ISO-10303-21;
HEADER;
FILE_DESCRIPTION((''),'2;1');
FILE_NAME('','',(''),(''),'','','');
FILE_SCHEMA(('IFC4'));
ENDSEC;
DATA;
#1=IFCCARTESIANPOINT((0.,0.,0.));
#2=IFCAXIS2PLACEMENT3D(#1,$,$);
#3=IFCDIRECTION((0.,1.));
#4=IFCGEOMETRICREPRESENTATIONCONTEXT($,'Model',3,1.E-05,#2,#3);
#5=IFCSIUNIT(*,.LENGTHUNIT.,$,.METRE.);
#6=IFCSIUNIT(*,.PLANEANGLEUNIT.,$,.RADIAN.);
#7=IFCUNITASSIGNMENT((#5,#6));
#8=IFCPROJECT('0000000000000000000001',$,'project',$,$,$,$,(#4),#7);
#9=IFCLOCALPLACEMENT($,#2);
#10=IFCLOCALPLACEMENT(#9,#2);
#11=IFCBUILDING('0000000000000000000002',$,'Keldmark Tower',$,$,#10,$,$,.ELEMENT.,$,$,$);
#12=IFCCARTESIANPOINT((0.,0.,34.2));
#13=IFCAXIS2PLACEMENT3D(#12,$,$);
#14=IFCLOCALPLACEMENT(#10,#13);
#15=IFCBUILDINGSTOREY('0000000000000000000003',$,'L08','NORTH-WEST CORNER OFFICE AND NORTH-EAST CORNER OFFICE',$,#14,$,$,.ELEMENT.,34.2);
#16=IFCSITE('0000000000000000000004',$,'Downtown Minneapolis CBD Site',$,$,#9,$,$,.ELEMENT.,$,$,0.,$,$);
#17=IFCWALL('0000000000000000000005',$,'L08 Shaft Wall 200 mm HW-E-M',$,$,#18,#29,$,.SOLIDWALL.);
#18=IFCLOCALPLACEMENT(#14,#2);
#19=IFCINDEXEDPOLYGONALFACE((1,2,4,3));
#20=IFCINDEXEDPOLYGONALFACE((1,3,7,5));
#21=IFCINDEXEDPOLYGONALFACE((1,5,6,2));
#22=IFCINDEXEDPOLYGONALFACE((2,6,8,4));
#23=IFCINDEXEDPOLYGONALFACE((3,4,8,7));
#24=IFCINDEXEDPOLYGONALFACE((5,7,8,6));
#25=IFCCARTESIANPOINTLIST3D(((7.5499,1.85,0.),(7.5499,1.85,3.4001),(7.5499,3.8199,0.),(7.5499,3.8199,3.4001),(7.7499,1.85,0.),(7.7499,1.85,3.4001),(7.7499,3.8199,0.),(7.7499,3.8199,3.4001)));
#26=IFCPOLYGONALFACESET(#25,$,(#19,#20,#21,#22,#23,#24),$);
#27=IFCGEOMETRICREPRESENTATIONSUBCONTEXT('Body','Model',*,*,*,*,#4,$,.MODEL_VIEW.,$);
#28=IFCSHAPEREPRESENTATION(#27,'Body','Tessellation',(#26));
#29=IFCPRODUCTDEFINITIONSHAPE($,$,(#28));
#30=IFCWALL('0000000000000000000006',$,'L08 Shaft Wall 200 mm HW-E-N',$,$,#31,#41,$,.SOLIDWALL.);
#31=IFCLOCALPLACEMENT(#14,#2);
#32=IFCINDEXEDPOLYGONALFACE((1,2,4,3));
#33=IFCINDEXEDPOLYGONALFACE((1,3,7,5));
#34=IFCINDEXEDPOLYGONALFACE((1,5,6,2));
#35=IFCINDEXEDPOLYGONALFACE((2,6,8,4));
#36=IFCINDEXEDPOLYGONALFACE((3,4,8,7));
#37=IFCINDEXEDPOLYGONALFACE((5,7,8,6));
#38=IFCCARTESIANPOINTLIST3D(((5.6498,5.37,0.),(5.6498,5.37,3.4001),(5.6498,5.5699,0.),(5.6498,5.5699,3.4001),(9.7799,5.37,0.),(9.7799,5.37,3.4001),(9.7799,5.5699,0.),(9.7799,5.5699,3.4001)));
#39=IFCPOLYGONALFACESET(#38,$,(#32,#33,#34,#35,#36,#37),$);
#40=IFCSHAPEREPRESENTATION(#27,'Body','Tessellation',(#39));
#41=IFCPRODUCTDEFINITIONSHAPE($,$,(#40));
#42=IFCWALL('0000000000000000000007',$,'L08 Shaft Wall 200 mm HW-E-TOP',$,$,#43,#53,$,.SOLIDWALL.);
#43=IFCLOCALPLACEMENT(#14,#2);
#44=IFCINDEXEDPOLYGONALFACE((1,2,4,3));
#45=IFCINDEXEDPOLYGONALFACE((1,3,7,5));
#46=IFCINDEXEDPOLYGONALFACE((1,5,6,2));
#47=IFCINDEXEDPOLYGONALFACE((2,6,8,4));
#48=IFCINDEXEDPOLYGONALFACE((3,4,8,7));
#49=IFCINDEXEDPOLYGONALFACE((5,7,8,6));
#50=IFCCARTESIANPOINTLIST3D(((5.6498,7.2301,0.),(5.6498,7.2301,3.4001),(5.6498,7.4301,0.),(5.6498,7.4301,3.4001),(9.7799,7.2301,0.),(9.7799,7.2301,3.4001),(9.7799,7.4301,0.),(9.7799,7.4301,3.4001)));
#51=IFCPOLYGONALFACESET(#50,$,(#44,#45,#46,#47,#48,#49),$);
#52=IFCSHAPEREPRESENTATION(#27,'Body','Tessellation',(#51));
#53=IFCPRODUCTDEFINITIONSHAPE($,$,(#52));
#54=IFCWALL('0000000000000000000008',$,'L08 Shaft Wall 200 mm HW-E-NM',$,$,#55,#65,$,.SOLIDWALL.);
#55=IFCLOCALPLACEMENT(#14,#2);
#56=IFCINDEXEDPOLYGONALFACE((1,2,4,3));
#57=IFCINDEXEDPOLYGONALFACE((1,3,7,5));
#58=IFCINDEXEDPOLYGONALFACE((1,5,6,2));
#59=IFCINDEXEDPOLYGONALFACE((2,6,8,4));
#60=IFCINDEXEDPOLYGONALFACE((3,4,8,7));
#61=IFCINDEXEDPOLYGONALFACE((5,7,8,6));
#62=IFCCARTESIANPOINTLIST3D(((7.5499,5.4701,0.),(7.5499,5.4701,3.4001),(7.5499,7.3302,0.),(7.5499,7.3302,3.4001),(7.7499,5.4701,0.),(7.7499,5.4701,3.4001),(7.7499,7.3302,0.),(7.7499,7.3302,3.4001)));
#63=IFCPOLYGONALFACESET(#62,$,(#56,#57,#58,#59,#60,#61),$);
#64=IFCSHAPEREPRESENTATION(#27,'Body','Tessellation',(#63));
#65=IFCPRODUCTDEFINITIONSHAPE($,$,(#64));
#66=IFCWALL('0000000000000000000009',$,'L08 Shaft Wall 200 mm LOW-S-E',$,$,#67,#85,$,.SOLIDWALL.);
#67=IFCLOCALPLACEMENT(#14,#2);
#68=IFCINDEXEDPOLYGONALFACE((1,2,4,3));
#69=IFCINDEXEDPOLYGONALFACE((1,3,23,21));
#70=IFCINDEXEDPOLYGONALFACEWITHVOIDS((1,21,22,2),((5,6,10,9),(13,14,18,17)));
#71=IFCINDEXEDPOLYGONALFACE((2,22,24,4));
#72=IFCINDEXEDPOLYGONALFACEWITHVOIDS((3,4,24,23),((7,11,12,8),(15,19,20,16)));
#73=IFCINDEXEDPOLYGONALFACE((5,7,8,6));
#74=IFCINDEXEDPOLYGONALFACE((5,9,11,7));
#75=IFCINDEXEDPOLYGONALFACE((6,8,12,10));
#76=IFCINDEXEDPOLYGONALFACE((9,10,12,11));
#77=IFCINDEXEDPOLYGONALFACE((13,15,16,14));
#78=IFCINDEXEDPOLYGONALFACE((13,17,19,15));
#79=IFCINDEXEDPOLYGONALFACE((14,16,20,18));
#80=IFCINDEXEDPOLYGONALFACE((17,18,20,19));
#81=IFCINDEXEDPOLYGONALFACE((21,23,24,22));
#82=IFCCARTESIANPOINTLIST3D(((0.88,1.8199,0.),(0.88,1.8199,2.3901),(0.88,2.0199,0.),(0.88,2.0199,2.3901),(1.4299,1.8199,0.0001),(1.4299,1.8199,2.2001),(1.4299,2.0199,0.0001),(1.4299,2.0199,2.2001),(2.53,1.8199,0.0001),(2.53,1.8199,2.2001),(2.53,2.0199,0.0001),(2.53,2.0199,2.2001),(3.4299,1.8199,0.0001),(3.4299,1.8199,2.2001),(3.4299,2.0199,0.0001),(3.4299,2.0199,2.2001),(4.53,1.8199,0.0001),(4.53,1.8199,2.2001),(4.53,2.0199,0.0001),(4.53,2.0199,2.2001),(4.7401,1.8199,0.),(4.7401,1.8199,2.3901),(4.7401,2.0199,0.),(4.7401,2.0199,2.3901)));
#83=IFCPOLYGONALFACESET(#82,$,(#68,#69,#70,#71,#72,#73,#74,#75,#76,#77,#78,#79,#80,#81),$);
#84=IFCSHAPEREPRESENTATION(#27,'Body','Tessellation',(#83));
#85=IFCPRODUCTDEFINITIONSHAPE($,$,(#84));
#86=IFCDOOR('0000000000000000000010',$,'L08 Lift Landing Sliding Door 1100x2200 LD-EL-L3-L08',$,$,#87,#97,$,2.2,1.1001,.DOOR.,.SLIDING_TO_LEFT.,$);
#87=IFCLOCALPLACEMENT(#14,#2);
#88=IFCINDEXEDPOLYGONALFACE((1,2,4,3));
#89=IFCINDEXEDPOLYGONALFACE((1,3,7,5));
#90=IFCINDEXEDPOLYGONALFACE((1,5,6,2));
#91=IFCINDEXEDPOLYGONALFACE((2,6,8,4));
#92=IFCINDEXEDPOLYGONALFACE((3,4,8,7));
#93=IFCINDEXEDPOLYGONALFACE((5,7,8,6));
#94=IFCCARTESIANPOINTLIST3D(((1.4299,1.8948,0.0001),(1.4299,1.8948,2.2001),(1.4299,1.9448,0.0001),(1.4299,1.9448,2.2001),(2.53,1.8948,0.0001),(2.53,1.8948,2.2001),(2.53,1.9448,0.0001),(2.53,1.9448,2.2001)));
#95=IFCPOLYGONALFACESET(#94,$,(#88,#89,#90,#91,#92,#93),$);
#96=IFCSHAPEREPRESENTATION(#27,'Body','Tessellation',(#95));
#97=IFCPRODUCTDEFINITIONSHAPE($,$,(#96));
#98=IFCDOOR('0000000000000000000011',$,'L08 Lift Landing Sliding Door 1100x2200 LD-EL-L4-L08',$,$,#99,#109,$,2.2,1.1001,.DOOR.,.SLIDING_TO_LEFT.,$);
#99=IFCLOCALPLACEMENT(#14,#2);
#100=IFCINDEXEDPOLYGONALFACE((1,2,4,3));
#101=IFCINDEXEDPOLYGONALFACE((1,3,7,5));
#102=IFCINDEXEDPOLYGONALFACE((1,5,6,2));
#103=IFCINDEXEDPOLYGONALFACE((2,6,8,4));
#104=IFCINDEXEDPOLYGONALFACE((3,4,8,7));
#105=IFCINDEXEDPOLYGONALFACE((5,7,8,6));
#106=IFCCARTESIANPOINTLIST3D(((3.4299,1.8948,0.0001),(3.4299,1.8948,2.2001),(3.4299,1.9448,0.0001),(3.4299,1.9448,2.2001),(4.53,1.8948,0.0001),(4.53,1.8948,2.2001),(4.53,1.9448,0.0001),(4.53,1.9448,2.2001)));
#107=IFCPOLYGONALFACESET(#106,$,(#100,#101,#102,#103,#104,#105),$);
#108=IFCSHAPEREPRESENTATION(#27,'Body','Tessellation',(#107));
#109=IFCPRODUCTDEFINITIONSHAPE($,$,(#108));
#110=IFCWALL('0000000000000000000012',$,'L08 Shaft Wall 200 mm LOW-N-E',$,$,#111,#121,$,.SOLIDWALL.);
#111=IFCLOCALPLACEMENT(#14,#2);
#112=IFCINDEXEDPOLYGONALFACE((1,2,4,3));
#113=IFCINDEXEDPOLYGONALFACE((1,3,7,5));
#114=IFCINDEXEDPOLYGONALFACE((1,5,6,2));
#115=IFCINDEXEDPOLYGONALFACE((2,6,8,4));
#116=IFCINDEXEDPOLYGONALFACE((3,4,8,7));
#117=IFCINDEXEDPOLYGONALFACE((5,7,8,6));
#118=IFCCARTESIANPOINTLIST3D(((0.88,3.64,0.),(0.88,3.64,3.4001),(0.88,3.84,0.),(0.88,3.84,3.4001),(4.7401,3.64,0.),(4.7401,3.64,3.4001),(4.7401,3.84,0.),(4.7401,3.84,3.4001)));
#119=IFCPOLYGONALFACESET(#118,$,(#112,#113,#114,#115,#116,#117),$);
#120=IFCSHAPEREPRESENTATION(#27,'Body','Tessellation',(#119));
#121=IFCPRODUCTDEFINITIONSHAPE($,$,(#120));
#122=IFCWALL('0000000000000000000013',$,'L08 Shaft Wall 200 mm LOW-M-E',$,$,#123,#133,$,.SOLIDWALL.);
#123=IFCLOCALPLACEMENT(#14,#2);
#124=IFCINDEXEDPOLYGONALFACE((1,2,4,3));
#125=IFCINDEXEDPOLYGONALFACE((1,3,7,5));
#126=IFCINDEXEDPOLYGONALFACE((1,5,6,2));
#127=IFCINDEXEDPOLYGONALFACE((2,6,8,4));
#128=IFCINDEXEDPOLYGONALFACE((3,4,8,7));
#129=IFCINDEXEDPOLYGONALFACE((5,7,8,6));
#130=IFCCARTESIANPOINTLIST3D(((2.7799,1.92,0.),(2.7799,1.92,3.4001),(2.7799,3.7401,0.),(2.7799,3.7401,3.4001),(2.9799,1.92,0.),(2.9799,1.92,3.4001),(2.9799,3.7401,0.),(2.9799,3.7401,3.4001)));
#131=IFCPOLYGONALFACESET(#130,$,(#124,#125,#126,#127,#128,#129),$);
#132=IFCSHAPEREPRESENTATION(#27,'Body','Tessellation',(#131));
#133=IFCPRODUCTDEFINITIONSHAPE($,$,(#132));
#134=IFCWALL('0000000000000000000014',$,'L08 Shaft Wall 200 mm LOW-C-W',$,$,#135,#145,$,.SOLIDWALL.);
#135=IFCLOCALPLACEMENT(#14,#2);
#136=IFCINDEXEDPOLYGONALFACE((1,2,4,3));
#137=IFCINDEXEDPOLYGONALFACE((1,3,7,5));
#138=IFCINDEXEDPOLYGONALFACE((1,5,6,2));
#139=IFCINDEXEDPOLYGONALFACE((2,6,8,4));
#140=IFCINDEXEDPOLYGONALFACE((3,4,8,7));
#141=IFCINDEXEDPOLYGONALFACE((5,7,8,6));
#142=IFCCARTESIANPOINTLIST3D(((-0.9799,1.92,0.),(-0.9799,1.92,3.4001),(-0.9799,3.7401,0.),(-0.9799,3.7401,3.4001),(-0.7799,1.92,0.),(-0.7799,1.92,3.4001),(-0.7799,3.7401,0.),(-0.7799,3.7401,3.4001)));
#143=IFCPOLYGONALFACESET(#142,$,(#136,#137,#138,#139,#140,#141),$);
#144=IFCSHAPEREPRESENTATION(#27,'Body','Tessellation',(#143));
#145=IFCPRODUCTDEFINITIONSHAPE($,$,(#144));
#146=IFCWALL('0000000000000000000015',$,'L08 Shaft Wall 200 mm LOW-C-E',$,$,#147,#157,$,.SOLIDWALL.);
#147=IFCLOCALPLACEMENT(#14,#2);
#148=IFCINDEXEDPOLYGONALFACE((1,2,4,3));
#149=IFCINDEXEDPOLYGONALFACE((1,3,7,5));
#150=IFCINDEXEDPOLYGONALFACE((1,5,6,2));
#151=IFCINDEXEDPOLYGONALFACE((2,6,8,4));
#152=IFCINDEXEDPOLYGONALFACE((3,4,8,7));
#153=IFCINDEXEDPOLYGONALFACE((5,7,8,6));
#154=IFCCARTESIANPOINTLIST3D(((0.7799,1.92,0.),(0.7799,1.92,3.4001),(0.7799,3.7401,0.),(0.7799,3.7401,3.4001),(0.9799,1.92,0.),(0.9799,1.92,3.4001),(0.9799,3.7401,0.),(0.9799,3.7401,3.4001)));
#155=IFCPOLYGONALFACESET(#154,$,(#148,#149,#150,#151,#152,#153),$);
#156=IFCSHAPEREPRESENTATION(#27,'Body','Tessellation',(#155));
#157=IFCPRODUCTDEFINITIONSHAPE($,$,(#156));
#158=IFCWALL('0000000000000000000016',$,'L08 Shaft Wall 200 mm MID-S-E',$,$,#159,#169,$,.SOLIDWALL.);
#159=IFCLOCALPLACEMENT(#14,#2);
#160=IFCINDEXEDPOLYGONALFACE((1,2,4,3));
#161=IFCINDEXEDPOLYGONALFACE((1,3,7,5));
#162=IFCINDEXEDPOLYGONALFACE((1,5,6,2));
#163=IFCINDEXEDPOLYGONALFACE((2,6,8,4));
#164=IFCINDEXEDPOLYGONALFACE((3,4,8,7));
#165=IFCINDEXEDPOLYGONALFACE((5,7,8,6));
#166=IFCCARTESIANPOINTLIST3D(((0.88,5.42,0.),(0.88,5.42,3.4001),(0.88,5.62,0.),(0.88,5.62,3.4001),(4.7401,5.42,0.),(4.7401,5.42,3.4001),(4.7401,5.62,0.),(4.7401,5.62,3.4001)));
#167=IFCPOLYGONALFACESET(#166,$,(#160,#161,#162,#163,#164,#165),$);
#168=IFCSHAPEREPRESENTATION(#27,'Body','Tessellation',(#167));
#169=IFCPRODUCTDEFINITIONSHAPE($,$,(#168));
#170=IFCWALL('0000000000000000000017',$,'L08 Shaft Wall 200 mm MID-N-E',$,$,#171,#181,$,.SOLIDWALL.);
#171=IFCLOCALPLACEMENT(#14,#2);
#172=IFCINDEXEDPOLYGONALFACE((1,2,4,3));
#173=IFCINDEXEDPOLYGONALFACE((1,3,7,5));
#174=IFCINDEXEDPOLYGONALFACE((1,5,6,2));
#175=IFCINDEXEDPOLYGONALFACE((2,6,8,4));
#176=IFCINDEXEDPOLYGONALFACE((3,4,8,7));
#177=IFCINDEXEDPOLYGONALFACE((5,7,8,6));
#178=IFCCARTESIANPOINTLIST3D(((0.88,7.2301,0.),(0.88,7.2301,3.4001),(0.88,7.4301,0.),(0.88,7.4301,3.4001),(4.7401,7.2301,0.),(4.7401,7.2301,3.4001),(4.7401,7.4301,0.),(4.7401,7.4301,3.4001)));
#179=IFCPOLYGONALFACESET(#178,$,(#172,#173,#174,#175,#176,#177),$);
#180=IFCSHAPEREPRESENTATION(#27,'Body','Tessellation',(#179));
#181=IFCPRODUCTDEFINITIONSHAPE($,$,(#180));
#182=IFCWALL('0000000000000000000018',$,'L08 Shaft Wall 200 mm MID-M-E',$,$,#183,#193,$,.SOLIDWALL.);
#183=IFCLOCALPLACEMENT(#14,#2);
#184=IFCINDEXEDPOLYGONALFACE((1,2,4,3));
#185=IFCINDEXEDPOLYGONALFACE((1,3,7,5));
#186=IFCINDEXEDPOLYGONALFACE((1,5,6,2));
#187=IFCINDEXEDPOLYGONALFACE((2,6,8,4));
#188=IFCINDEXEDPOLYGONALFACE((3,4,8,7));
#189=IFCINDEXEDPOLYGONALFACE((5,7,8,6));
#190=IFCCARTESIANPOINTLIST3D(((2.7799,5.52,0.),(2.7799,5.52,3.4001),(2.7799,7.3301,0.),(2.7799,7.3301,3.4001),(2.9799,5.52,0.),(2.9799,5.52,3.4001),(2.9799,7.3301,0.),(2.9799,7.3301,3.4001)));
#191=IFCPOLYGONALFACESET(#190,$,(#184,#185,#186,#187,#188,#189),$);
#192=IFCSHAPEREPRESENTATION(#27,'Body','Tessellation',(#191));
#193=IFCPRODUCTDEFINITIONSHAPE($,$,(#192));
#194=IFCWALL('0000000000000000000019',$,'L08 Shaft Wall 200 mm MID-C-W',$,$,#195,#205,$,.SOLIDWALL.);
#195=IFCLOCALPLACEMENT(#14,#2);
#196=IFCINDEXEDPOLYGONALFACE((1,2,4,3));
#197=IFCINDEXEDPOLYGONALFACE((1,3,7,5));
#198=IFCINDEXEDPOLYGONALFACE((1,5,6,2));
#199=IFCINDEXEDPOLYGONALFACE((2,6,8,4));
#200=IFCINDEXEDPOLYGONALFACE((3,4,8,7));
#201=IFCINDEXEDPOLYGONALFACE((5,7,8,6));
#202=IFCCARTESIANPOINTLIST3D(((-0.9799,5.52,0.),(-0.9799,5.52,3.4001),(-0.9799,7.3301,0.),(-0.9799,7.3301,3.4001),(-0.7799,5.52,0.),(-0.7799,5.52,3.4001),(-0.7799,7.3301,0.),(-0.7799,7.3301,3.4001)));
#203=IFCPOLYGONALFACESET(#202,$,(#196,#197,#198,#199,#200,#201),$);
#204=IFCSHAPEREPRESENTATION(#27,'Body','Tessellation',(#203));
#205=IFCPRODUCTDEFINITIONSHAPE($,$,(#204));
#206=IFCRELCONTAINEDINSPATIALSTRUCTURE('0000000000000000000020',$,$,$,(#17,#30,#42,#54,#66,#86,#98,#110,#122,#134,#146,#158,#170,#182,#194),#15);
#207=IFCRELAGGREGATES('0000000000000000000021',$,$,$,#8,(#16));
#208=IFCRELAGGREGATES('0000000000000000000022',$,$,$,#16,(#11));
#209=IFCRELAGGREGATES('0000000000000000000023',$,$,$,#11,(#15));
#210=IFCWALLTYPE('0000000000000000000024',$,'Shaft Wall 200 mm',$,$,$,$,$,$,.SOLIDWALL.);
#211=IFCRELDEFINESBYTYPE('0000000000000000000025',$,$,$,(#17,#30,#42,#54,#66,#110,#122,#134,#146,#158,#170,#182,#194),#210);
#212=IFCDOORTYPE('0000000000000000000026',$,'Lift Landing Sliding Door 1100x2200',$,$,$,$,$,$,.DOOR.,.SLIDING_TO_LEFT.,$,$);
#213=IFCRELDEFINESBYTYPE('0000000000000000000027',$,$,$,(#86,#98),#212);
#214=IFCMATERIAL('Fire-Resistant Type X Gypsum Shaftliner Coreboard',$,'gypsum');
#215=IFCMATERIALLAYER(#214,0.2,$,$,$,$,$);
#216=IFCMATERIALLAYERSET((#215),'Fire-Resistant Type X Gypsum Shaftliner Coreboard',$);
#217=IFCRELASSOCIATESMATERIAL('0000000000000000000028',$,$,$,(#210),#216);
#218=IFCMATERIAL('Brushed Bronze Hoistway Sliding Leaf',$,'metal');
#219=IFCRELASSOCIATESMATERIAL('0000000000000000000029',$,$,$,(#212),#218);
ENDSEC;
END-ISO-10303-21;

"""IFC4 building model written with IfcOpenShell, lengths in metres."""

from ifc_helpers import new_model, si_unit, direction, frame, frame_2d, origin, place, context, subcontext, project, spatial, rectangle, extrude, material, layer, layer_set, type_object, element, fill, save


model = new_model("IFC4")

# Units and contexts
model_context = context("Model", 3, precision=1e-05, world=origin(), true_north=direction((0.0, 1.0)))
body_context = subcontext(model_context, "Body", "Model", "MODEL_VIEW")
ifc_project = project(units=[si_unit("LENGTHUNIT", "METRE"), si_unit("PLANEANGLEUNIT", "RADIAN")], contexts=[model_context])

# Site, building, storey
site_placement = place(None, origin())
site = spatial("IfcSite", under=ifc_project, at=site_placement, Name="Downtown Minneapolis CBD Site", CompositionType="ELEMENT", RefElevation=0.0)
building_placement = place(site_placement, origin())
building = spatial("IfcBuilding", under=site, at=building_placement, Name="Keldmark Tower", CompositionType="ELEMENT")
storey_placement = place(building_placement, frame((0.0, 0.0, 34.2)))
storey = spatial("IfcBuildingStorey", under=building, at=storey_placement, Name="L08", Description="NORTH-WEST CORNER OFFICE AND NORTH-EAST CORNER OFFICE", CompositionType="ELEMENT", Elevation=34.2)

# Shared definitions
ifc_material_1 = material(Name="Fire-Resistant Type X Gypsum Shaftliner Coreboard", Category="gypsum")
ifc_layer_1 = layer(ifc_material_1, 0.2)
ifc_layer_set_1 = layer_set([ifc_layer_1], Name="Fire-Resistant Type X Gypsum Shaftliner Coreboard")
wall_type_1 = type_object("IfcWallType", Name="Shaft Wall 200 mm", PredefinedType="SOLIDWALL", material=ifc_layer_set_1)

# Walls
wall_1_placement = place(storey_placement, frame((7.6499, 1.8501, 0.0), z_axis=(0.0, 0.0, 1.0), x_axis=(0.0, 1.0, 0.0)))
element("IfcWall", 1, at=wall_1_placement, inside=storey, type_object=wall_type_1, Name="L08 Shaft Wall 200 mm HW-E-M", PredefinedType="SOLIDWALL", context=body_context, shape_type="SweptSolid", body=[
    extrude(rectangle(XDim=1.97, YDim=0.2, at=frame_2d((0.9849, 0.0))), origin(), (0.0, 0.0, 1.0), 3.4001),
])
for number, where, z_axis, x_axis, name in (
    (2, (5.6499, 5.47, 0.0), (0.0, 0.0, 1.0), (1.0, 0.0, 0.0), "L08 Shaft Wall 200 mm HW-E-N"),
    (3, (5.6499, 7.3301, 0.0), (0.0, 0.0, 1.0), (1.0, 0.0, 0.0), "L08 Shaft Wall 200 mm HW-E-TOP"),
):
    element("IfcWall", number, at=place(storey_placement, frame(where, z_axis=z_axis, x_axis=x_axis)), inside=storey, type_object=wall_type_1, Name=name, PredefinedType="SOLIDWALL", context=body_context, shape_type="SweptSolid", body=[
        extrude(rectangle(XDim=4.1301, YDim=0.2, at=frame_2d((2.0649, 0.0))), origin(), (0.0, 0.0, 1.0), 3.4001),
    ])
wall_2_placement = place(storey_placement, frame((7.6499, 5.47, 0.0), z_axis=(0.0, 0.0, 1.0), x_axis=(0.0, 1.0, 0.0)))
element("IfcWall", 4, at=wall_2_placement, inside=storey, type_object=wall_type_1, Name="L08 Shaft Wall 200 mm HW-E-NM", PredefinedType="SOLIDWALL", context=body_context, shape_type="SweptSolid", body=[
    extrude(rectangle(XDim=1.8601, YDim=0.2, at=frame_2d((0.9302, 0.0))), origin(), (0.0, 0.0, 1.0), 3.4001),
])

# Wall, openings, doors
wall_3_placement = place(storey_placement, frame((0.8799, 1.9199, 0.0), z_axis=(0.0, 0.0, 1.0), x_axis=(1.0, 0.0, 0.0)))
wall_3 = element("IfcWall", 5, at=wall_3_placement, inside=storey, type_object=wall_type_1, Name="L08 Shaft Wall 200 mm LOW-S-E", PredefinedType="SOLIDWALL", context=body_context, shape_type="SweptSolid", body=[
    extrude(rectangle(XDim=3.8601, YDim=0.2, at=frame_2d((1.9302, 0.0))), origin(), (0.0, 0.0, 1.0), 2.3901),
])
opening_1_placement = place(wall_3_placement, frame((0.55, 0.0, 0.0)))
opening_1 = element("IfcOpeningElement", 6, at=opening_1_placement, cuts=wall_3, PredefinedType="OPENING", context=body_context, shape_type="SweptSolid", body=[
    extrude(rectangle(XDim=1.1001, YDim=2.2, at=frame_2d((0.55, 1.1001))), frame((0.0, 0.1099, 0.0), z_axis=(0.0, -1.0, 0.0), x_axis=(1.0, 0.0, 0.0)), (0.0, 0.0, 1.0), 0.22),
])
opening_2_placement = place(wall_3_placement, frame((2.55, 0.0, 0.0)))
opening_2 = element("IfcOpeningElement", 7, at=opening_2_placement, cuts=wall_3, PredefinedType="OPENING", context=body_context, shape_type="SweptSolid", body=[
    extrude(rectangle(XDim=1.1001, YDim=2.2, at=frame_2d((0.55, 1.1001))), frame((0.0, 0.1099, 0.0), z_axis=(0.0, -1.0, 0.0), x_axis=(1.0, 0.0, 0.0)), (0.0, 0.0, 1.0), 0.22),
])
ifc_material_2 = material(Name="Brushed Bronze Hoistway Sliding Leaf", Category="metal")
door_type_1 = type_object("IfcDoorType", Name="Lift Landing Sliding Door 1100x2200", OperationType="SLIDING_TO_LEFT", PredefinedType="DOOR", material=ifc_material_2)
door_1_placement = place(opening_1_placement, origin())
door_1 = element("IfcDoor", 8, at=door_1_placement, inside=storey, type_object=door_type_1, Name="L08 Lift Landing Sliding Door 1100x2200 LD-EL-L3-L08", OperationType="SLIDING_TO_LEFT", OverallHeight=2.2, OverallWidth=1.1001, PredefinedType="DOOR", context=body_context, shape_type="SweptSolid", body=[
    extrude(rectangle(XDim=1.1001, YDim=2.2, at=frame_2d((0.55, 1.1001))), frame((0.0, 0.0249, 0.0), z_axis=(0.0, -1.0, 0.0), x_axis=(1.0, 0.0, 0.0)), (0.0, 0.0, 1.0), 0.05),
])
fill(opening_1, door_1)
door_2_placement = place(opening_2_placement, origin())
door_2 = element("IfcDoor", 9, at=door_2_placement, inside=storey, type_object=door_type_1, Name="L08 Lift Landing Sliding Door 1100x2200 LD-EL-L4-L08", OperationType="SLIDING_TO_LEFT", OverallHeight=2.2, OverallWidth=1.1001, PredefinedType="DOOR", context=body_context, shape_type="SweptSolid", body=[
    extrude(rectangle(XDim=1.1001, YDim=2.2, at=frame_2d((0.55, 1.1001))), frame((0.0, 0.0249, 0.0), z_axis=(0.0, -1.0, 0.0), x_axis=(1.0, 0.0, 0.0)), (0.0, 0.0, 1.0), 0.05),
])
fill(opening_2, door_2)

# Walls
wall_4_placement = place(storey_placement, frame((0.8799, 3.74, 0.0), z_axis=(0.0, 0.0, 1.0), x_axis=(1.0, 0.0, 0.0)))
element("IfcWall", 10, at=wall_4_placement, inside=storey, type_object=wall_type_1, Name="L08 Shaft Wall 200 mm LOW-N-E", PredefinedType="SOLIDWALL", context=body_context, shape_type="SweptSolid", body=[
    extrude(rectangle(XDim=3.8601, YDim=0.2, at=frame_2d((1.9302, 0.0))), origin(), (0.0, 0.0, 1.0), 3.4001),
])
for number, where, z_axis, x_axis, name in (
    (11, (2.8799, 1.9199, 0.0), (0.0, 0.0, 1.0), (0.0, 1.0, 0.0), "L08 Shaft Wall 200 mm LOW-M-E"),
    (12, (-0.8799, 1.9199, 0.0), (0.0, 0.0, 1.0), (0.0, 1.0, 0.0), "L08 Shaft Wall 200 mm LOW-C-W"),
    (13, (0.8799, 1.9199, 0.0), (0.0, 0.0, 1.0), (0.0, 1.0, 0.0), "L08 Shaft Wall 200 mm LOW-C-E"),
):
    element("IfcWall", number, at=place(storey_placement, frame(where, z_axis=z_axis, x_axis=x_axis)), inside=storey, type_object=wall_type_1, Name=name, PredefinedType="SOLIDWALL", context=body_context, shape_type="SweptSolid", body=[
        extrude(rectangle(XDim=1.8201, YDim=0.2, at=frame_2d((0.9102, 0.0))), origin(), (0.0, 0.0, 1.0), 3.4001),
    ])
for number, where, z_axis, x_axis, name in (
    (14, (0.8799, 5.52, 0.0), (0.0, 0.0, 1.0), (1.0, 0.0, 0.0), "L08 Shaft Wall 200 mm MID-S-E"),
    (15, (0.8799, 7.3301, 0.0), (0.0, 0.0, 1.0), (1.0, 0.0, 0.0), "L08 Shaft Wall 200 mm MID-N-E"),
):
    element("IfcWall", number, at=place(storey_placement, frame(where, z_axis=z_axis, x_axis=x_axis)), inside=storey, type_object=wall_type_1, Name=name, PredefinedType="SOLIDWALL", context=body_context, shape_type="SweptSolid", body=[
        extrude(rectangle(XDim=3.8601, YDim=0.2, at=frame_2d((1.9302, 0.0))), origin(), (0.0, 0.0, 1.0), 3.4001),
    ])
for number, where, z_axis, x_axis, name in (
    (16, (2.8799, 5.52, 0.0), (0.0, 0.0, 1.0), (0.0, 1.0, 0.0), "L08 Shaft Wall 200 mm MID-M-E"),
    (17, (-0.8799, 5.52, 0.0), (0.0, 0.0, 1.0), (0.0, 1.0, 0.0), "L08 Shaft Wall 200 mm MID-C-W"),
):
    element("IfcWall", number, at=place(storey_placement, frame(where, z_axis=z_axis, x_axis=x_axis)), inside=storey, type_object=wall_type_1, Name=name, PredefinedType="SOLIDWALL", context=body_context, shape_type="SweptSolid", body=[
        extrude(rectangle(XDim=1.8101, YDim=0.2, at=frame_2d((0.905, 0.0))), origin(), (0.0, 0.0, 1.0), 3.4001),
    ])

save(model, "model.ifc")
